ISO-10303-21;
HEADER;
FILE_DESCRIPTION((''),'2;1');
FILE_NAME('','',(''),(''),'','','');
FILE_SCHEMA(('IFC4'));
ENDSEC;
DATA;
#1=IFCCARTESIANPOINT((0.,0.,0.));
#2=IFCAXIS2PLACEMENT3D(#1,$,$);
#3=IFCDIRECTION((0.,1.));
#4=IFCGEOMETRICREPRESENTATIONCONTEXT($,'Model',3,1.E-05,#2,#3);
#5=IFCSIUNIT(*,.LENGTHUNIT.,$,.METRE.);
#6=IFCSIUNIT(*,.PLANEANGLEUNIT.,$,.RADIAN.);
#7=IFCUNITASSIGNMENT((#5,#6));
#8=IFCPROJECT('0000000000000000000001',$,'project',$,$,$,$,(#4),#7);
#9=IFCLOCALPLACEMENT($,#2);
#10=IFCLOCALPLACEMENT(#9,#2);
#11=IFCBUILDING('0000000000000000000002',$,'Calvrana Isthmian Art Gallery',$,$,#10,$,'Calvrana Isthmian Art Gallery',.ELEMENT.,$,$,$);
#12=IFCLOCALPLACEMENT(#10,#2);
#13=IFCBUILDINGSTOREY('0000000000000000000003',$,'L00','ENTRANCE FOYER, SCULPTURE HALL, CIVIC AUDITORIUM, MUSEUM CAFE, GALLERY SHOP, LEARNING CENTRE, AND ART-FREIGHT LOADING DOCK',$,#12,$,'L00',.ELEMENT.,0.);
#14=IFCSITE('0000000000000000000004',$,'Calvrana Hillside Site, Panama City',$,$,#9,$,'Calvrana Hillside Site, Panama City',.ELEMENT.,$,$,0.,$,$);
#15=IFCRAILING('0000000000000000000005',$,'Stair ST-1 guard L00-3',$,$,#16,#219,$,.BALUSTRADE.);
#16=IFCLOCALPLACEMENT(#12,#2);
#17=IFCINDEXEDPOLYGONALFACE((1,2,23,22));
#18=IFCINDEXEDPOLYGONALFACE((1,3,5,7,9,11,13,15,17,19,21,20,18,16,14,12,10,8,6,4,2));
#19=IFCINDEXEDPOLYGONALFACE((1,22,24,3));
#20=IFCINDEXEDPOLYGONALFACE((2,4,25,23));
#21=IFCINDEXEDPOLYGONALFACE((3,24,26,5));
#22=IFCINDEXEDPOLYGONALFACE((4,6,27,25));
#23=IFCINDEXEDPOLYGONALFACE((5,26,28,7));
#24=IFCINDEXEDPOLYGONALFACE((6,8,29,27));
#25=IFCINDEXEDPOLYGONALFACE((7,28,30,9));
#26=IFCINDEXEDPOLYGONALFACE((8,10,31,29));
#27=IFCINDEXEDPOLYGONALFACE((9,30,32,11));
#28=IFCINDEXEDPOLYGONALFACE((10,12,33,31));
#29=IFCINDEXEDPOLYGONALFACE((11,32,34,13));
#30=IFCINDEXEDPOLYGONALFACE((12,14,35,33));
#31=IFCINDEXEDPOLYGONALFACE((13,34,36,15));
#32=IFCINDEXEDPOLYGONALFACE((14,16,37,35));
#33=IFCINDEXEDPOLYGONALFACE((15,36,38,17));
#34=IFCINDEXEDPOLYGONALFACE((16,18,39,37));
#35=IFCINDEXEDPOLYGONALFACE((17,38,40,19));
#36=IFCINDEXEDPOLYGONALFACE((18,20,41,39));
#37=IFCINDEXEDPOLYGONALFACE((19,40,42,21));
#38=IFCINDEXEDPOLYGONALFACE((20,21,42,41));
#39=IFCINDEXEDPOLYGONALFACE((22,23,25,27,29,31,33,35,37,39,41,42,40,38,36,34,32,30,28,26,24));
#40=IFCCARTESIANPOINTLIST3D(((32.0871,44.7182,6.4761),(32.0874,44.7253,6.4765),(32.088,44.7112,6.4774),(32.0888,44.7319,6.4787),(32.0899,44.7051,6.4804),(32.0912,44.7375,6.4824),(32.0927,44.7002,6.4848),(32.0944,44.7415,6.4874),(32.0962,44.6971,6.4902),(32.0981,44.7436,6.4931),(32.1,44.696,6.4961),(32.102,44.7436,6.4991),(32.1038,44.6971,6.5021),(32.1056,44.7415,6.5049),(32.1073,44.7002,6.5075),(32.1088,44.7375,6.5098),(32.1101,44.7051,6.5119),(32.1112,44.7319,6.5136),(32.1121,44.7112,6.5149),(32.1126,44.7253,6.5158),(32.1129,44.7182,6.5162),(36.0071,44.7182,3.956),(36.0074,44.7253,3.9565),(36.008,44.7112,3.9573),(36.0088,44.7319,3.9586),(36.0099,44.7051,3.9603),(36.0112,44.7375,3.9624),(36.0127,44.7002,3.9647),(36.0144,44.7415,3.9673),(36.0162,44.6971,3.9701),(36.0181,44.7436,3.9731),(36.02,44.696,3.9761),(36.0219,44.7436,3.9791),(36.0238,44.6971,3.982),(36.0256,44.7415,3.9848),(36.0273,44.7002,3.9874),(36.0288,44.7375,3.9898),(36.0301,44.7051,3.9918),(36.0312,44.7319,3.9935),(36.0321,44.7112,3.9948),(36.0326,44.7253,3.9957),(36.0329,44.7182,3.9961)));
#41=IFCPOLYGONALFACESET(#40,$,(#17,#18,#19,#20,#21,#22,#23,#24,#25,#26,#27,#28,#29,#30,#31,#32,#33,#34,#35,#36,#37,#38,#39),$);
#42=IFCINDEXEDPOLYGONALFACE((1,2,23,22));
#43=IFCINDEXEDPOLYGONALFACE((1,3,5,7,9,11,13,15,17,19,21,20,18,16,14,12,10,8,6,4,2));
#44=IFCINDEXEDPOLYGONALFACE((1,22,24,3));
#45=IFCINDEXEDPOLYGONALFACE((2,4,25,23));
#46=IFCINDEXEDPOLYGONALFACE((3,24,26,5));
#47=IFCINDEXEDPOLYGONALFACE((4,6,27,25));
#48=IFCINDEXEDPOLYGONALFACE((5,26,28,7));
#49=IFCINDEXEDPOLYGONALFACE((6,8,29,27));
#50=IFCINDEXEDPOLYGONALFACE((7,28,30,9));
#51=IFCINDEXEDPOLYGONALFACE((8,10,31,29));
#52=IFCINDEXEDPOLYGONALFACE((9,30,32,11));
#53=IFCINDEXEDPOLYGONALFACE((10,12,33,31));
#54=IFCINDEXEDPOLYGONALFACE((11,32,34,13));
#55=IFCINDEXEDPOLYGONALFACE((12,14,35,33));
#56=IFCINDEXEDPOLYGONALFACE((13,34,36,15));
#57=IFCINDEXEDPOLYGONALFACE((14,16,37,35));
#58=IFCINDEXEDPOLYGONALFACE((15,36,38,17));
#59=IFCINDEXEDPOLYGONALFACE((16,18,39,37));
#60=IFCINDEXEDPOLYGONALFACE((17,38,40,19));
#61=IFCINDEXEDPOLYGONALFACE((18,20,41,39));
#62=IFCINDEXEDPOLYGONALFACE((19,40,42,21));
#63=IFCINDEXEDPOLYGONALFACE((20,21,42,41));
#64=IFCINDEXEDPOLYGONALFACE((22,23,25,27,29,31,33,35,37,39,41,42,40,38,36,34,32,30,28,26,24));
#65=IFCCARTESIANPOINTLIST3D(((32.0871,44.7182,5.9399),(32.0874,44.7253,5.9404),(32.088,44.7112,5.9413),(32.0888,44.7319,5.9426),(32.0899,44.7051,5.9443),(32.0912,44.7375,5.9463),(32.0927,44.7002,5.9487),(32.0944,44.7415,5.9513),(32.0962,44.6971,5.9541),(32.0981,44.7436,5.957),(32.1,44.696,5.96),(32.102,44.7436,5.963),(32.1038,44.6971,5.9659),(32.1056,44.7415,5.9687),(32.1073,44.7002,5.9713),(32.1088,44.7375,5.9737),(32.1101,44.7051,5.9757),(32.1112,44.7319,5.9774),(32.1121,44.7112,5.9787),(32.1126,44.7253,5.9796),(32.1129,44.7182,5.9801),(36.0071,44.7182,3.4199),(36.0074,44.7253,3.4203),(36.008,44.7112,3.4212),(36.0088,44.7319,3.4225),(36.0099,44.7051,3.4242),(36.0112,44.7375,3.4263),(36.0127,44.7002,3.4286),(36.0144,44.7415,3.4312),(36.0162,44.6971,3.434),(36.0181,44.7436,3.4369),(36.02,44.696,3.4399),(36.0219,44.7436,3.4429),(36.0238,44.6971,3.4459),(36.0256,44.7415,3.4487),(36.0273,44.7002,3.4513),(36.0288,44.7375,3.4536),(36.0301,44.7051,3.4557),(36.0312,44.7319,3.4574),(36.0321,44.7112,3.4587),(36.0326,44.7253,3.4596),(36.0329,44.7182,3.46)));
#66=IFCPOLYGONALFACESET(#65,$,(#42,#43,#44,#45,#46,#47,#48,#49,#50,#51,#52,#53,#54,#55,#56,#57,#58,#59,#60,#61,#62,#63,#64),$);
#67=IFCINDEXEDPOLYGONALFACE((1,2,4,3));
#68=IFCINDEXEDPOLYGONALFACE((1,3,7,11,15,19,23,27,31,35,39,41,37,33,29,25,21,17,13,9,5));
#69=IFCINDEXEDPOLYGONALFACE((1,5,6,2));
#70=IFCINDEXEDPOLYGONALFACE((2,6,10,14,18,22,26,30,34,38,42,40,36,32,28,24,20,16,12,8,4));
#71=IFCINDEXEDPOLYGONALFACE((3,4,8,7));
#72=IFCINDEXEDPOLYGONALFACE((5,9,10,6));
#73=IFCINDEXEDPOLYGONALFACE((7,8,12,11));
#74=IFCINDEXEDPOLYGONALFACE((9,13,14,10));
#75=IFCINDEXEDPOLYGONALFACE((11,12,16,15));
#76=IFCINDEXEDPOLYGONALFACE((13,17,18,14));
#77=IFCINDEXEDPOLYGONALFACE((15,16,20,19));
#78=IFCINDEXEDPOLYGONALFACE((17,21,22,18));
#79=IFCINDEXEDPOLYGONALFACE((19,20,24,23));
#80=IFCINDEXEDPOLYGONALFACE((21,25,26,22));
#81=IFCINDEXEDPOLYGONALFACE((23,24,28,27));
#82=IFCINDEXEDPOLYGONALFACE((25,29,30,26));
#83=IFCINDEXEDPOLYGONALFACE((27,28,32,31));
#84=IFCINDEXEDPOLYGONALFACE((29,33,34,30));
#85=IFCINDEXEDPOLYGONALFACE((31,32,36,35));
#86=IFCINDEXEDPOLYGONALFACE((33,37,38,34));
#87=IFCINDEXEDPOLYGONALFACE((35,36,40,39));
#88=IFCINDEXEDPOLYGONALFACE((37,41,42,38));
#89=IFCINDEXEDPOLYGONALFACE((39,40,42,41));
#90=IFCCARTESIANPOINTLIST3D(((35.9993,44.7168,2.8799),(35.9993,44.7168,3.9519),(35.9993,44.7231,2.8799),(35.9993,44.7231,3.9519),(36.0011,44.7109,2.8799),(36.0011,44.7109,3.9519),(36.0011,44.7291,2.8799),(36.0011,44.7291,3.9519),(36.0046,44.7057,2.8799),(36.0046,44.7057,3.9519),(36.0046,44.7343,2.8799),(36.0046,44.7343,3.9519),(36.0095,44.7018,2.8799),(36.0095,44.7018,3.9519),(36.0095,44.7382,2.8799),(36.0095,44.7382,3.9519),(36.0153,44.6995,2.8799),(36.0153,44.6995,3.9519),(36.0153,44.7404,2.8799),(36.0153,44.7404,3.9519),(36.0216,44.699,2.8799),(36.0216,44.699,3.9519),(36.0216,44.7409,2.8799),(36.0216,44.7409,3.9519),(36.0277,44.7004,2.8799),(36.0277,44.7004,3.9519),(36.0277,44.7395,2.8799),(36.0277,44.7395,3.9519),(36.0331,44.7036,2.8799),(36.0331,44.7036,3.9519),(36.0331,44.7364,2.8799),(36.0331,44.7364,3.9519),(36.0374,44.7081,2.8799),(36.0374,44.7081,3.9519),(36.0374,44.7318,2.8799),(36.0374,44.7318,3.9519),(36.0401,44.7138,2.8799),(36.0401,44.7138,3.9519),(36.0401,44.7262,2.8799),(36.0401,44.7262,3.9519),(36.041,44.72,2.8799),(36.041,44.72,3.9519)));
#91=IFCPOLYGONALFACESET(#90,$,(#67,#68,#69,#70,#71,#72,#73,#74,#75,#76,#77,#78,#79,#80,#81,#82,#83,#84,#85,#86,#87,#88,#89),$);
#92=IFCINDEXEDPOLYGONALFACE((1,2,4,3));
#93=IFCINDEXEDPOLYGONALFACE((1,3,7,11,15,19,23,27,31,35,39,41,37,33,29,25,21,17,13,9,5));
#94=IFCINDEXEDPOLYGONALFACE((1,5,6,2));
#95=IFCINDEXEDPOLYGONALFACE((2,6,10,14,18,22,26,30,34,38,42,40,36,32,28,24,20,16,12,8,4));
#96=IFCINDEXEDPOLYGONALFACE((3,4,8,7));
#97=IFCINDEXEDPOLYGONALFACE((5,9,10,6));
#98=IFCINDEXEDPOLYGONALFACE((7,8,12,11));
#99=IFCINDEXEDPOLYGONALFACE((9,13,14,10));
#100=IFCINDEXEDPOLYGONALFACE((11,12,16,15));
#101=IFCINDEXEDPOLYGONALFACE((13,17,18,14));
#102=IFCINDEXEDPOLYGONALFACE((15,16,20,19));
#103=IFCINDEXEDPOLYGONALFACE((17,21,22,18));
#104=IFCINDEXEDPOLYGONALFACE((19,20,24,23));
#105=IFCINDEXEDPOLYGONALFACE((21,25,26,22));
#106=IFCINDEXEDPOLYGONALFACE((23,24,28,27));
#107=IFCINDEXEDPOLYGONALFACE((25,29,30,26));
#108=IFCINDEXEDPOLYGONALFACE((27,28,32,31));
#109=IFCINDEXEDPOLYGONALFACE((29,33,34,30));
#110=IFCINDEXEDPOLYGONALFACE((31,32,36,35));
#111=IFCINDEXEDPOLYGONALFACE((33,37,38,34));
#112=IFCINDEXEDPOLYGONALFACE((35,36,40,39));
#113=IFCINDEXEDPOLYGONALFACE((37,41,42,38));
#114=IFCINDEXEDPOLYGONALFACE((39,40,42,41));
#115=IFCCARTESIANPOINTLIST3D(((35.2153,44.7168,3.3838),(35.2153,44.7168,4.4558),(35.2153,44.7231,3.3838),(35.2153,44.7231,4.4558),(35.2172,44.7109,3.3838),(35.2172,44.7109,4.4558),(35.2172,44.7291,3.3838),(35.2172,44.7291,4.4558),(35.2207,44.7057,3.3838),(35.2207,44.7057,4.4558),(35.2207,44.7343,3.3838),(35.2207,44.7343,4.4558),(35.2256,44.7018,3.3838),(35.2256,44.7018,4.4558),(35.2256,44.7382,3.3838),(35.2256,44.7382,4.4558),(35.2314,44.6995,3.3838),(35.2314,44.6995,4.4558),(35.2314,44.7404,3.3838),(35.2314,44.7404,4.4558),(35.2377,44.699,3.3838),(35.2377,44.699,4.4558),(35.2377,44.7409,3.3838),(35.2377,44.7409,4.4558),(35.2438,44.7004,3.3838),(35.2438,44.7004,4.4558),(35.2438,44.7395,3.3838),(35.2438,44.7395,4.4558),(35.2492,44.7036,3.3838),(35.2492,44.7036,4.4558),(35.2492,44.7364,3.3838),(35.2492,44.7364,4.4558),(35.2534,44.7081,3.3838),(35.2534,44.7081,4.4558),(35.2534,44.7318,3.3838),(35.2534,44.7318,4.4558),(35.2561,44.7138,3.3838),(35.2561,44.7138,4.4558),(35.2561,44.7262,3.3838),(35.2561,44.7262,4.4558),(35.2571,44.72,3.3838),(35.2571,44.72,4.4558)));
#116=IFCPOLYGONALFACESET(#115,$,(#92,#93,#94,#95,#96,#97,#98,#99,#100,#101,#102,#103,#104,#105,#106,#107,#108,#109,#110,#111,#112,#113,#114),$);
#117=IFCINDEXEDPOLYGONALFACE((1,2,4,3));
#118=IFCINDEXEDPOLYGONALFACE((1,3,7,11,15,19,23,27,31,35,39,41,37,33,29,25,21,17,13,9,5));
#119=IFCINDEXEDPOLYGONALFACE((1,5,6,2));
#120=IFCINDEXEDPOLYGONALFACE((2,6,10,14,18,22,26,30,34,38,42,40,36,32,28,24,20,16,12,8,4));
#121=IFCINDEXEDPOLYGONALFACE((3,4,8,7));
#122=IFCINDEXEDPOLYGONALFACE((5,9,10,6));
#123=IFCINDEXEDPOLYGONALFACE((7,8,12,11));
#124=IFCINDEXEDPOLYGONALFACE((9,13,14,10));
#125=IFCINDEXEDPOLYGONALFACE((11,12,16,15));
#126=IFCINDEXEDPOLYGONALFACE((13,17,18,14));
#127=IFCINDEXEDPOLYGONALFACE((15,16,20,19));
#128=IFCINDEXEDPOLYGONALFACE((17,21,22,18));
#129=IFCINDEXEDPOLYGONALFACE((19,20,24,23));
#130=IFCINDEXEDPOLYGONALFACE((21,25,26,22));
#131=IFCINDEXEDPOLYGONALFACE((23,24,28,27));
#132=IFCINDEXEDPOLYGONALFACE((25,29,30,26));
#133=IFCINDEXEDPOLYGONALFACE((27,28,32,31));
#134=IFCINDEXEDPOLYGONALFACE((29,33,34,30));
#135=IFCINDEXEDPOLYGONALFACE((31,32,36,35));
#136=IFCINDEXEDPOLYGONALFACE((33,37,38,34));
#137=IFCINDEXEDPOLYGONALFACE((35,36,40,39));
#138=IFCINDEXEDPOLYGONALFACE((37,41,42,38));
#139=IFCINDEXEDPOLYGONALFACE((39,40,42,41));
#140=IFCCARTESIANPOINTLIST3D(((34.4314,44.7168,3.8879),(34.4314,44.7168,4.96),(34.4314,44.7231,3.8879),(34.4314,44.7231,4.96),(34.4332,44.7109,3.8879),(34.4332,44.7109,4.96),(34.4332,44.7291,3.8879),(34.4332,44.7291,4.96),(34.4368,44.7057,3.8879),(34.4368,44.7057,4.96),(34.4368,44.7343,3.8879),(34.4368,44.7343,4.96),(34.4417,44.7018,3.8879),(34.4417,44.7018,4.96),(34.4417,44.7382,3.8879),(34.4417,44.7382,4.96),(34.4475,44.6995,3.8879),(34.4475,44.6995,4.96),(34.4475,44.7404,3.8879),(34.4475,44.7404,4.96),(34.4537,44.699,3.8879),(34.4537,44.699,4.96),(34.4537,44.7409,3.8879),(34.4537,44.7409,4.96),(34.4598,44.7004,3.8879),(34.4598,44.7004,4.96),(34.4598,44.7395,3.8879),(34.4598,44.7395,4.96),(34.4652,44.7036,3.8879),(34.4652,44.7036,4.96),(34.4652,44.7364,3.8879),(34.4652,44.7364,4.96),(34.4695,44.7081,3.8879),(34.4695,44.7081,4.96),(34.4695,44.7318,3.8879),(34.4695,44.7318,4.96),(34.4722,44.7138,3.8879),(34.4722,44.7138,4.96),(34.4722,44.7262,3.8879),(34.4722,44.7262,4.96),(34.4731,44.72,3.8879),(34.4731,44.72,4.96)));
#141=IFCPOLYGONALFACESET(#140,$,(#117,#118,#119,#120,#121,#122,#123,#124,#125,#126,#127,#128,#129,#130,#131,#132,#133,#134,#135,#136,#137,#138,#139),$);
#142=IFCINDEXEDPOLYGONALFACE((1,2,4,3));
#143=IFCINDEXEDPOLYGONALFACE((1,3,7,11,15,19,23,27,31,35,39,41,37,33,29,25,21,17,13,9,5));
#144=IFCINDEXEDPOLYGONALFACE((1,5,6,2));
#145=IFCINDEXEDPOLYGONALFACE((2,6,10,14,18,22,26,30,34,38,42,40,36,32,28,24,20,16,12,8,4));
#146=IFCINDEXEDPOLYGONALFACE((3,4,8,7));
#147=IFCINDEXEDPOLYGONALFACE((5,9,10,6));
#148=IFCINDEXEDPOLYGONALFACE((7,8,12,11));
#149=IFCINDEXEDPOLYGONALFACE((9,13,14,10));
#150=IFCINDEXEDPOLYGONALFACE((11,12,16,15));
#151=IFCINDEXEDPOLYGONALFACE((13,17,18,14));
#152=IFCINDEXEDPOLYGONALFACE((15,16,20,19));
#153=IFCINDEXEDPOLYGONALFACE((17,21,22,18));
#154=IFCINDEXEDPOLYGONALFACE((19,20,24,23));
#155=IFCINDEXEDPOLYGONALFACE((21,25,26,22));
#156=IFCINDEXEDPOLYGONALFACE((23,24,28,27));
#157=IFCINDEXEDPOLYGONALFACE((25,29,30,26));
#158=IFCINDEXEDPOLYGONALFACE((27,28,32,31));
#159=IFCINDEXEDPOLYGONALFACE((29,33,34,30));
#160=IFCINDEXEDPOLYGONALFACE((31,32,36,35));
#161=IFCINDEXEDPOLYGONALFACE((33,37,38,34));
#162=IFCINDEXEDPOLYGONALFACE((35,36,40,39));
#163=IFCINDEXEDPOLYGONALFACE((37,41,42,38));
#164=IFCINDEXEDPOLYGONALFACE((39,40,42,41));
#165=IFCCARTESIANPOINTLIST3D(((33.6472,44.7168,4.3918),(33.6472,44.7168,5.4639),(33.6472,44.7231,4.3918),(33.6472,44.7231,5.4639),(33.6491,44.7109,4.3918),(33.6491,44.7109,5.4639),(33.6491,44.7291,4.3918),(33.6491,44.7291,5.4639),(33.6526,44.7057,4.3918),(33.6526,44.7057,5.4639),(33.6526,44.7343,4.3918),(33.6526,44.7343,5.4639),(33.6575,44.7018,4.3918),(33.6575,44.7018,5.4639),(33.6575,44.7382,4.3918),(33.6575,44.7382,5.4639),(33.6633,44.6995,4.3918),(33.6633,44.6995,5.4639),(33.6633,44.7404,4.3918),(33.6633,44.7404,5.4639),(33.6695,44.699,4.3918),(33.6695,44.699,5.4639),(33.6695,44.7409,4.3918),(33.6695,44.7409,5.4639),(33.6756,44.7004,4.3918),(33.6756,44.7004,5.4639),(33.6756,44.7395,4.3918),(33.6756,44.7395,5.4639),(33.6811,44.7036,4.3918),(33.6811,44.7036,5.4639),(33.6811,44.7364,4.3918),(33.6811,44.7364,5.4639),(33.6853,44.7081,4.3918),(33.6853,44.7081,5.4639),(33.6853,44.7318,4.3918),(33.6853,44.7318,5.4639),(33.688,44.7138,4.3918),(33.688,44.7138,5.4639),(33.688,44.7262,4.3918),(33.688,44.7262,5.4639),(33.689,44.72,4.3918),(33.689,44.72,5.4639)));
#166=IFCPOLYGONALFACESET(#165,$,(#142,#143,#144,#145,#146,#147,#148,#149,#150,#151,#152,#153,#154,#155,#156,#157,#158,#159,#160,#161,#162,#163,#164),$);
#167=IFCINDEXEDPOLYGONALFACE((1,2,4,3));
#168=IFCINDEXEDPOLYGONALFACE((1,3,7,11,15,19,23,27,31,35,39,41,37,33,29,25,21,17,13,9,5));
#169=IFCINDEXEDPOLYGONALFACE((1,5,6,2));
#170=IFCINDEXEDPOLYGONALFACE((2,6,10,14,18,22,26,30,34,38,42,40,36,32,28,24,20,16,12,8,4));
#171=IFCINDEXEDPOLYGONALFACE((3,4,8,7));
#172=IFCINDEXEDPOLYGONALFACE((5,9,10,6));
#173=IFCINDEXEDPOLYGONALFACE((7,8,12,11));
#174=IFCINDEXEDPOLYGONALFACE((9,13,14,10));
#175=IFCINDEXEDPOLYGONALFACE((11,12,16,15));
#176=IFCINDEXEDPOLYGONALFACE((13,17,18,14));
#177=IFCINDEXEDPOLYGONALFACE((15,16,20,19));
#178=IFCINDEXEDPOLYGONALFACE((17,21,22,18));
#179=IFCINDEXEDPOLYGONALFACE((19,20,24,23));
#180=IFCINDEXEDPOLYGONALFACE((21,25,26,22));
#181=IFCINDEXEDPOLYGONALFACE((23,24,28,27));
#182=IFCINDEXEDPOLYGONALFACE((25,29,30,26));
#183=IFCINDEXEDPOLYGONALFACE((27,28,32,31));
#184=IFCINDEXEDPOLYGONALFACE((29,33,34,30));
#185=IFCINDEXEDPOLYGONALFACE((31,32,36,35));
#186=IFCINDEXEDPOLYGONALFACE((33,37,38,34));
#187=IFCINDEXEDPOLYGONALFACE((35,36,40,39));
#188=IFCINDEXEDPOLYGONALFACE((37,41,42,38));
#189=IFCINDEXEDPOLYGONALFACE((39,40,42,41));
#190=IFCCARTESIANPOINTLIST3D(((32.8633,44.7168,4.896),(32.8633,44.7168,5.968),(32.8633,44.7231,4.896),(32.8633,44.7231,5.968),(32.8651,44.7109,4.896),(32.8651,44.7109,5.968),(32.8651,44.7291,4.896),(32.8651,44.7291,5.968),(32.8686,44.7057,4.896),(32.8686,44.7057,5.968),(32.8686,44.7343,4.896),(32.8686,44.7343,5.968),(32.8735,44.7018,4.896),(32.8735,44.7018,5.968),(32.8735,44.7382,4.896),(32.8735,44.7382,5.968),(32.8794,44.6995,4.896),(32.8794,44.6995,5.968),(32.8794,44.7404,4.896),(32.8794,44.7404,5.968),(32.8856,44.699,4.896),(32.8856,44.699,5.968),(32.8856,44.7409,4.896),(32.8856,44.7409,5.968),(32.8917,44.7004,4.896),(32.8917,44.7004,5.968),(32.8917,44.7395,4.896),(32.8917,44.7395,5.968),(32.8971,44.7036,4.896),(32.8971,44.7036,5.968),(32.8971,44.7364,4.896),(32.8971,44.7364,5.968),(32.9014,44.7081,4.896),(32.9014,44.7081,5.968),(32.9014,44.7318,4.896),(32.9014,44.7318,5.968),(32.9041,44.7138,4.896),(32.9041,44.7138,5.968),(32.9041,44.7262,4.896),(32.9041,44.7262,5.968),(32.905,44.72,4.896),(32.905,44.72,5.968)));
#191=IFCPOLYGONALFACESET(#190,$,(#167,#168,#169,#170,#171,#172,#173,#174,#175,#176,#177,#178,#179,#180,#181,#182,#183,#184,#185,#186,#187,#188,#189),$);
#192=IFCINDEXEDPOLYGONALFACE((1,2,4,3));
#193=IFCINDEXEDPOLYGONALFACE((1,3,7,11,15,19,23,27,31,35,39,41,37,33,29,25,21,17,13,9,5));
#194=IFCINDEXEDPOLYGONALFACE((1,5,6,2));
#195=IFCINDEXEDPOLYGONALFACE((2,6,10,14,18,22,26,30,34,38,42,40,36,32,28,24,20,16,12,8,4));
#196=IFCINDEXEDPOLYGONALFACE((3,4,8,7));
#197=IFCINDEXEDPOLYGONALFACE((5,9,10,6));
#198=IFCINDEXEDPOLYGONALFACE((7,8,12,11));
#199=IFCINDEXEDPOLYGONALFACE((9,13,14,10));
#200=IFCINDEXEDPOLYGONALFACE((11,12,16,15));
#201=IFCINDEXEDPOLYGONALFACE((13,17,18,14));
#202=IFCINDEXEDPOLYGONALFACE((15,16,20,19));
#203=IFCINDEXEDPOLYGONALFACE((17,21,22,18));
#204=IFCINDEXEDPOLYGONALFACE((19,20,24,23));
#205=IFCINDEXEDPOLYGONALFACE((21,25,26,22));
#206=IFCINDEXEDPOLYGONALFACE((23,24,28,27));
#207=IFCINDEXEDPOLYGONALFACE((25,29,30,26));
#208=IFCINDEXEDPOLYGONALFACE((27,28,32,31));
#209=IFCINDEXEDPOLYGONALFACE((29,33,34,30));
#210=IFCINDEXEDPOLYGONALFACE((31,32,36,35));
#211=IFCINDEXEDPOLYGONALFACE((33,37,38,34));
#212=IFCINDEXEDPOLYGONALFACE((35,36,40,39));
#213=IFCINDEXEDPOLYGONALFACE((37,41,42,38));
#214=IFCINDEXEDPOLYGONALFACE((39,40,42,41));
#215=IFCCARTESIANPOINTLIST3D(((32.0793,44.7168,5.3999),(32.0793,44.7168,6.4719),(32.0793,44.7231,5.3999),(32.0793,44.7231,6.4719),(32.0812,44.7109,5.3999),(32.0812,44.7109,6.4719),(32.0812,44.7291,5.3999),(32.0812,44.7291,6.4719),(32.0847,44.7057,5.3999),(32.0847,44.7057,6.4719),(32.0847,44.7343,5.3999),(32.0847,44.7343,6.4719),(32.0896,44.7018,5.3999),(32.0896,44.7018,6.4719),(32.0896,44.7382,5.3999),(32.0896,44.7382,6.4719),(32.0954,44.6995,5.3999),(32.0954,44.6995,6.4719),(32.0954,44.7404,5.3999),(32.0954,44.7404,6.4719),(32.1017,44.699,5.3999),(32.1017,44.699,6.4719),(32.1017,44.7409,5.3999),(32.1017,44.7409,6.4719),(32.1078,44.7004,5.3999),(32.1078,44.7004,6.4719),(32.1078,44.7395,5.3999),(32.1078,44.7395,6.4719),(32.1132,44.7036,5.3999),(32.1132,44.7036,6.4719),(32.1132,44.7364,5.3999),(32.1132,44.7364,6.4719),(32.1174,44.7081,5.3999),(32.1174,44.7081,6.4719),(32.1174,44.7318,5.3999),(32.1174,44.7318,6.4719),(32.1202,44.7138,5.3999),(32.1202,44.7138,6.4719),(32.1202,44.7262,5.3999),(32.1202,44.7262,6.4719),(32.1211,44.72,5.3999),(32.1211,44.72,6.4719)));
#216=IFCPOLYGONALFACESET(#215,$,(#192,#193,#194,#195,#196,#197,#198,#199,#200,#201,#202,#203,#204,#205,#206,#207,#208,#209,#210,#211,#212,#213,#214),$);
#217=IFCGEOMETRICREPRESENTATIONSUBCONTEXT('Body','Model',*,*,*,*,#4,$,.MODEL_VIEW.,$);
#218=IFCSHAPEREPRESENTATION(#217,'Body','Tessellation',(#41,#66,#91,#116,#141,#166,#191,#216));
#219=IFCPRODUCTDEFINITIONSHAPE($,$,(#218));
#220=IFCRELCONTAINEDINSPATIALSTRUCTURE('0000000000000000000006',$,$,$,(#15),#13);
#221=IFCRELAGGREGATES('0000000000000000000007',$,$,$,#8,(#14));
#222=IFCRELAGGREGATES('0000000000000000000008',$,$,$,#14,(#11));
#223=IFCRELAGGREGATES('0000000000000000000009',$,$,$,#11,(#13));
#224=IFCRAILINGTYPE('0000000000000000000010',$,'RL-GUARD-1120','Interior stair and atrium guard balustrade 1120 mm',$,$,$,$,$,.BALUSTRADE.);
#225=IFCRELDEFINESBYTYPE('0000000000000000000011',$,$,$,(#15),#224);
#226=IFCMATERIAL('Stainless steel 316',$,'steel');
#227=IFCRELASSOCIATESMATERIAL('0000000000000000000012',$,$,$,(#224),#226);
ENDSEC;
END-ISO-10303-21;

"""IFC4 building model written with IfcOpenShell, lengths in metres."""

from ifc_helpers import new_model, si_unit, direction, frame, origin, origin_2d, place, context, subcontext, project, spatial, circle, extrude, material, type_object, element, save


model = new_model("IFC4")

# Units and contexts
model_context = context("Model", 3, precision=1e-05, world=origin(), true_north=direction((0.0, 1.0)))
body_context = subcontext(model_context, "Body", "Model", "MODEL_VIEW")
ifc_project = project(units=[si_unit("LENGTHUNIT", "METRE"), si_unit("PLANEANGLEUNIT", "RADIAN")], contexts=[model_context])

# Site, building, storey
site_placement = place(None, origin())
site = spatial("IfcSite", under=ifc_project, at=site_placement, Name="Calvrana Hillside Site, Panama City", LongName="Calvrana Hillside Site, Panama City", CompositionType="ELEMENT", RefElevation=0.0)
building_placement = place(site_placement, origin())
building = spatial("IfcBuilding", under=site, at=building_placement, Name="Calvrana Isthmian Art Gallery", LongName="Calvrana Isthmian Art Gallery", CompositionType="ELEMENT")
storey_placement = place(building_placement, origin())
storey = spatial("IfcBuildingStorey", under=building, at=storey_placement, Name="L00", Description="ENTRANCE FOYER, SCULPTURE HALL, CIVIC AUDITORIUM, MUSEUM CAFE, GALLERY SHOP, LEARNING CENTRE, AND ART-FREIGHT LOADING DOCK", LongName="L00", CompositionType="ELEMENT", Elevation=0.0)

# Shared definitions
ifc_material_1 = material(Name="Stainless steel 316", Category="steel")

# Railing
railing_type_1 = type_object("IfcRailingType", Name="RL-GUARD-1120", Description="Interior stair and atrium guard balustrade 1120 mm", PredefinedType="BALUSTRADE", material=ifc_material_1)
railing_1_placement = place(storey_placement, frame((36.02, 44.72, 2.8799)))
element("IfcRailing", 1, at=railing_1_placement, inside=storey, type_object=railing_type_1, Name="Stair ST-1 guard L00-3", PredefinedType="BALUSTRADE", context=body_context, shape_type="SweptSolid", body=[
    extrude(circle(Radius=0.0239, at=origin_2d()), frame((0.0, 0.0, 1.0962), z_axis=(-0.841172, 0.0, 0.540768), x_axis=(0.0, -1.0, 0.0)), (0.0, 0.0, 1.0), 4.6602),
    extrude(circle(Radius=0.0239, at=origin_2d()), frame((0.0, 0.0, 0.5601), z_axis=(-0.841172, 0.0, 0.540768), x_axis=(0.0, -1.0, 0.0)), (0.0, 0.0, 1.0), 4.6602),
    extrude(circle(Radius=0.021, at=origin_2d()), origin(), (0.0, 0.0, 1.0), 1.072),
    extrude(circle(Radius=0.021, at=origin_2d()), frame((-0.7839, 0.0, 0.5039)), (0.0, 0.0, 1.0), 1.072),
    extrude(circle(Radius=0.021, at=origin_2d()), frame((-1.5679, 0.0, 1.0081)), (0.0, 0.0, 1.0), 1.072),
    extrude(circle(Radius=0.021, at=origin_2d()), frame((-2.3521, 0.0, 1.512)), (0.0, 0.0, 1.0), 1.072),
    extrude(circle(Radius=0.021, at=origin_2d()), frame((-3.136, 0.0, 2.0161)), (0.0, 0.0, 1.0), 1.072),
    extrude(circle(Radius=0.021, at=origin_2d()), frame((-3.9199, 0.0, 2.52)), (0.0, 0.0, 1.0), 1.072),
])

save(model, "model.ifc")
